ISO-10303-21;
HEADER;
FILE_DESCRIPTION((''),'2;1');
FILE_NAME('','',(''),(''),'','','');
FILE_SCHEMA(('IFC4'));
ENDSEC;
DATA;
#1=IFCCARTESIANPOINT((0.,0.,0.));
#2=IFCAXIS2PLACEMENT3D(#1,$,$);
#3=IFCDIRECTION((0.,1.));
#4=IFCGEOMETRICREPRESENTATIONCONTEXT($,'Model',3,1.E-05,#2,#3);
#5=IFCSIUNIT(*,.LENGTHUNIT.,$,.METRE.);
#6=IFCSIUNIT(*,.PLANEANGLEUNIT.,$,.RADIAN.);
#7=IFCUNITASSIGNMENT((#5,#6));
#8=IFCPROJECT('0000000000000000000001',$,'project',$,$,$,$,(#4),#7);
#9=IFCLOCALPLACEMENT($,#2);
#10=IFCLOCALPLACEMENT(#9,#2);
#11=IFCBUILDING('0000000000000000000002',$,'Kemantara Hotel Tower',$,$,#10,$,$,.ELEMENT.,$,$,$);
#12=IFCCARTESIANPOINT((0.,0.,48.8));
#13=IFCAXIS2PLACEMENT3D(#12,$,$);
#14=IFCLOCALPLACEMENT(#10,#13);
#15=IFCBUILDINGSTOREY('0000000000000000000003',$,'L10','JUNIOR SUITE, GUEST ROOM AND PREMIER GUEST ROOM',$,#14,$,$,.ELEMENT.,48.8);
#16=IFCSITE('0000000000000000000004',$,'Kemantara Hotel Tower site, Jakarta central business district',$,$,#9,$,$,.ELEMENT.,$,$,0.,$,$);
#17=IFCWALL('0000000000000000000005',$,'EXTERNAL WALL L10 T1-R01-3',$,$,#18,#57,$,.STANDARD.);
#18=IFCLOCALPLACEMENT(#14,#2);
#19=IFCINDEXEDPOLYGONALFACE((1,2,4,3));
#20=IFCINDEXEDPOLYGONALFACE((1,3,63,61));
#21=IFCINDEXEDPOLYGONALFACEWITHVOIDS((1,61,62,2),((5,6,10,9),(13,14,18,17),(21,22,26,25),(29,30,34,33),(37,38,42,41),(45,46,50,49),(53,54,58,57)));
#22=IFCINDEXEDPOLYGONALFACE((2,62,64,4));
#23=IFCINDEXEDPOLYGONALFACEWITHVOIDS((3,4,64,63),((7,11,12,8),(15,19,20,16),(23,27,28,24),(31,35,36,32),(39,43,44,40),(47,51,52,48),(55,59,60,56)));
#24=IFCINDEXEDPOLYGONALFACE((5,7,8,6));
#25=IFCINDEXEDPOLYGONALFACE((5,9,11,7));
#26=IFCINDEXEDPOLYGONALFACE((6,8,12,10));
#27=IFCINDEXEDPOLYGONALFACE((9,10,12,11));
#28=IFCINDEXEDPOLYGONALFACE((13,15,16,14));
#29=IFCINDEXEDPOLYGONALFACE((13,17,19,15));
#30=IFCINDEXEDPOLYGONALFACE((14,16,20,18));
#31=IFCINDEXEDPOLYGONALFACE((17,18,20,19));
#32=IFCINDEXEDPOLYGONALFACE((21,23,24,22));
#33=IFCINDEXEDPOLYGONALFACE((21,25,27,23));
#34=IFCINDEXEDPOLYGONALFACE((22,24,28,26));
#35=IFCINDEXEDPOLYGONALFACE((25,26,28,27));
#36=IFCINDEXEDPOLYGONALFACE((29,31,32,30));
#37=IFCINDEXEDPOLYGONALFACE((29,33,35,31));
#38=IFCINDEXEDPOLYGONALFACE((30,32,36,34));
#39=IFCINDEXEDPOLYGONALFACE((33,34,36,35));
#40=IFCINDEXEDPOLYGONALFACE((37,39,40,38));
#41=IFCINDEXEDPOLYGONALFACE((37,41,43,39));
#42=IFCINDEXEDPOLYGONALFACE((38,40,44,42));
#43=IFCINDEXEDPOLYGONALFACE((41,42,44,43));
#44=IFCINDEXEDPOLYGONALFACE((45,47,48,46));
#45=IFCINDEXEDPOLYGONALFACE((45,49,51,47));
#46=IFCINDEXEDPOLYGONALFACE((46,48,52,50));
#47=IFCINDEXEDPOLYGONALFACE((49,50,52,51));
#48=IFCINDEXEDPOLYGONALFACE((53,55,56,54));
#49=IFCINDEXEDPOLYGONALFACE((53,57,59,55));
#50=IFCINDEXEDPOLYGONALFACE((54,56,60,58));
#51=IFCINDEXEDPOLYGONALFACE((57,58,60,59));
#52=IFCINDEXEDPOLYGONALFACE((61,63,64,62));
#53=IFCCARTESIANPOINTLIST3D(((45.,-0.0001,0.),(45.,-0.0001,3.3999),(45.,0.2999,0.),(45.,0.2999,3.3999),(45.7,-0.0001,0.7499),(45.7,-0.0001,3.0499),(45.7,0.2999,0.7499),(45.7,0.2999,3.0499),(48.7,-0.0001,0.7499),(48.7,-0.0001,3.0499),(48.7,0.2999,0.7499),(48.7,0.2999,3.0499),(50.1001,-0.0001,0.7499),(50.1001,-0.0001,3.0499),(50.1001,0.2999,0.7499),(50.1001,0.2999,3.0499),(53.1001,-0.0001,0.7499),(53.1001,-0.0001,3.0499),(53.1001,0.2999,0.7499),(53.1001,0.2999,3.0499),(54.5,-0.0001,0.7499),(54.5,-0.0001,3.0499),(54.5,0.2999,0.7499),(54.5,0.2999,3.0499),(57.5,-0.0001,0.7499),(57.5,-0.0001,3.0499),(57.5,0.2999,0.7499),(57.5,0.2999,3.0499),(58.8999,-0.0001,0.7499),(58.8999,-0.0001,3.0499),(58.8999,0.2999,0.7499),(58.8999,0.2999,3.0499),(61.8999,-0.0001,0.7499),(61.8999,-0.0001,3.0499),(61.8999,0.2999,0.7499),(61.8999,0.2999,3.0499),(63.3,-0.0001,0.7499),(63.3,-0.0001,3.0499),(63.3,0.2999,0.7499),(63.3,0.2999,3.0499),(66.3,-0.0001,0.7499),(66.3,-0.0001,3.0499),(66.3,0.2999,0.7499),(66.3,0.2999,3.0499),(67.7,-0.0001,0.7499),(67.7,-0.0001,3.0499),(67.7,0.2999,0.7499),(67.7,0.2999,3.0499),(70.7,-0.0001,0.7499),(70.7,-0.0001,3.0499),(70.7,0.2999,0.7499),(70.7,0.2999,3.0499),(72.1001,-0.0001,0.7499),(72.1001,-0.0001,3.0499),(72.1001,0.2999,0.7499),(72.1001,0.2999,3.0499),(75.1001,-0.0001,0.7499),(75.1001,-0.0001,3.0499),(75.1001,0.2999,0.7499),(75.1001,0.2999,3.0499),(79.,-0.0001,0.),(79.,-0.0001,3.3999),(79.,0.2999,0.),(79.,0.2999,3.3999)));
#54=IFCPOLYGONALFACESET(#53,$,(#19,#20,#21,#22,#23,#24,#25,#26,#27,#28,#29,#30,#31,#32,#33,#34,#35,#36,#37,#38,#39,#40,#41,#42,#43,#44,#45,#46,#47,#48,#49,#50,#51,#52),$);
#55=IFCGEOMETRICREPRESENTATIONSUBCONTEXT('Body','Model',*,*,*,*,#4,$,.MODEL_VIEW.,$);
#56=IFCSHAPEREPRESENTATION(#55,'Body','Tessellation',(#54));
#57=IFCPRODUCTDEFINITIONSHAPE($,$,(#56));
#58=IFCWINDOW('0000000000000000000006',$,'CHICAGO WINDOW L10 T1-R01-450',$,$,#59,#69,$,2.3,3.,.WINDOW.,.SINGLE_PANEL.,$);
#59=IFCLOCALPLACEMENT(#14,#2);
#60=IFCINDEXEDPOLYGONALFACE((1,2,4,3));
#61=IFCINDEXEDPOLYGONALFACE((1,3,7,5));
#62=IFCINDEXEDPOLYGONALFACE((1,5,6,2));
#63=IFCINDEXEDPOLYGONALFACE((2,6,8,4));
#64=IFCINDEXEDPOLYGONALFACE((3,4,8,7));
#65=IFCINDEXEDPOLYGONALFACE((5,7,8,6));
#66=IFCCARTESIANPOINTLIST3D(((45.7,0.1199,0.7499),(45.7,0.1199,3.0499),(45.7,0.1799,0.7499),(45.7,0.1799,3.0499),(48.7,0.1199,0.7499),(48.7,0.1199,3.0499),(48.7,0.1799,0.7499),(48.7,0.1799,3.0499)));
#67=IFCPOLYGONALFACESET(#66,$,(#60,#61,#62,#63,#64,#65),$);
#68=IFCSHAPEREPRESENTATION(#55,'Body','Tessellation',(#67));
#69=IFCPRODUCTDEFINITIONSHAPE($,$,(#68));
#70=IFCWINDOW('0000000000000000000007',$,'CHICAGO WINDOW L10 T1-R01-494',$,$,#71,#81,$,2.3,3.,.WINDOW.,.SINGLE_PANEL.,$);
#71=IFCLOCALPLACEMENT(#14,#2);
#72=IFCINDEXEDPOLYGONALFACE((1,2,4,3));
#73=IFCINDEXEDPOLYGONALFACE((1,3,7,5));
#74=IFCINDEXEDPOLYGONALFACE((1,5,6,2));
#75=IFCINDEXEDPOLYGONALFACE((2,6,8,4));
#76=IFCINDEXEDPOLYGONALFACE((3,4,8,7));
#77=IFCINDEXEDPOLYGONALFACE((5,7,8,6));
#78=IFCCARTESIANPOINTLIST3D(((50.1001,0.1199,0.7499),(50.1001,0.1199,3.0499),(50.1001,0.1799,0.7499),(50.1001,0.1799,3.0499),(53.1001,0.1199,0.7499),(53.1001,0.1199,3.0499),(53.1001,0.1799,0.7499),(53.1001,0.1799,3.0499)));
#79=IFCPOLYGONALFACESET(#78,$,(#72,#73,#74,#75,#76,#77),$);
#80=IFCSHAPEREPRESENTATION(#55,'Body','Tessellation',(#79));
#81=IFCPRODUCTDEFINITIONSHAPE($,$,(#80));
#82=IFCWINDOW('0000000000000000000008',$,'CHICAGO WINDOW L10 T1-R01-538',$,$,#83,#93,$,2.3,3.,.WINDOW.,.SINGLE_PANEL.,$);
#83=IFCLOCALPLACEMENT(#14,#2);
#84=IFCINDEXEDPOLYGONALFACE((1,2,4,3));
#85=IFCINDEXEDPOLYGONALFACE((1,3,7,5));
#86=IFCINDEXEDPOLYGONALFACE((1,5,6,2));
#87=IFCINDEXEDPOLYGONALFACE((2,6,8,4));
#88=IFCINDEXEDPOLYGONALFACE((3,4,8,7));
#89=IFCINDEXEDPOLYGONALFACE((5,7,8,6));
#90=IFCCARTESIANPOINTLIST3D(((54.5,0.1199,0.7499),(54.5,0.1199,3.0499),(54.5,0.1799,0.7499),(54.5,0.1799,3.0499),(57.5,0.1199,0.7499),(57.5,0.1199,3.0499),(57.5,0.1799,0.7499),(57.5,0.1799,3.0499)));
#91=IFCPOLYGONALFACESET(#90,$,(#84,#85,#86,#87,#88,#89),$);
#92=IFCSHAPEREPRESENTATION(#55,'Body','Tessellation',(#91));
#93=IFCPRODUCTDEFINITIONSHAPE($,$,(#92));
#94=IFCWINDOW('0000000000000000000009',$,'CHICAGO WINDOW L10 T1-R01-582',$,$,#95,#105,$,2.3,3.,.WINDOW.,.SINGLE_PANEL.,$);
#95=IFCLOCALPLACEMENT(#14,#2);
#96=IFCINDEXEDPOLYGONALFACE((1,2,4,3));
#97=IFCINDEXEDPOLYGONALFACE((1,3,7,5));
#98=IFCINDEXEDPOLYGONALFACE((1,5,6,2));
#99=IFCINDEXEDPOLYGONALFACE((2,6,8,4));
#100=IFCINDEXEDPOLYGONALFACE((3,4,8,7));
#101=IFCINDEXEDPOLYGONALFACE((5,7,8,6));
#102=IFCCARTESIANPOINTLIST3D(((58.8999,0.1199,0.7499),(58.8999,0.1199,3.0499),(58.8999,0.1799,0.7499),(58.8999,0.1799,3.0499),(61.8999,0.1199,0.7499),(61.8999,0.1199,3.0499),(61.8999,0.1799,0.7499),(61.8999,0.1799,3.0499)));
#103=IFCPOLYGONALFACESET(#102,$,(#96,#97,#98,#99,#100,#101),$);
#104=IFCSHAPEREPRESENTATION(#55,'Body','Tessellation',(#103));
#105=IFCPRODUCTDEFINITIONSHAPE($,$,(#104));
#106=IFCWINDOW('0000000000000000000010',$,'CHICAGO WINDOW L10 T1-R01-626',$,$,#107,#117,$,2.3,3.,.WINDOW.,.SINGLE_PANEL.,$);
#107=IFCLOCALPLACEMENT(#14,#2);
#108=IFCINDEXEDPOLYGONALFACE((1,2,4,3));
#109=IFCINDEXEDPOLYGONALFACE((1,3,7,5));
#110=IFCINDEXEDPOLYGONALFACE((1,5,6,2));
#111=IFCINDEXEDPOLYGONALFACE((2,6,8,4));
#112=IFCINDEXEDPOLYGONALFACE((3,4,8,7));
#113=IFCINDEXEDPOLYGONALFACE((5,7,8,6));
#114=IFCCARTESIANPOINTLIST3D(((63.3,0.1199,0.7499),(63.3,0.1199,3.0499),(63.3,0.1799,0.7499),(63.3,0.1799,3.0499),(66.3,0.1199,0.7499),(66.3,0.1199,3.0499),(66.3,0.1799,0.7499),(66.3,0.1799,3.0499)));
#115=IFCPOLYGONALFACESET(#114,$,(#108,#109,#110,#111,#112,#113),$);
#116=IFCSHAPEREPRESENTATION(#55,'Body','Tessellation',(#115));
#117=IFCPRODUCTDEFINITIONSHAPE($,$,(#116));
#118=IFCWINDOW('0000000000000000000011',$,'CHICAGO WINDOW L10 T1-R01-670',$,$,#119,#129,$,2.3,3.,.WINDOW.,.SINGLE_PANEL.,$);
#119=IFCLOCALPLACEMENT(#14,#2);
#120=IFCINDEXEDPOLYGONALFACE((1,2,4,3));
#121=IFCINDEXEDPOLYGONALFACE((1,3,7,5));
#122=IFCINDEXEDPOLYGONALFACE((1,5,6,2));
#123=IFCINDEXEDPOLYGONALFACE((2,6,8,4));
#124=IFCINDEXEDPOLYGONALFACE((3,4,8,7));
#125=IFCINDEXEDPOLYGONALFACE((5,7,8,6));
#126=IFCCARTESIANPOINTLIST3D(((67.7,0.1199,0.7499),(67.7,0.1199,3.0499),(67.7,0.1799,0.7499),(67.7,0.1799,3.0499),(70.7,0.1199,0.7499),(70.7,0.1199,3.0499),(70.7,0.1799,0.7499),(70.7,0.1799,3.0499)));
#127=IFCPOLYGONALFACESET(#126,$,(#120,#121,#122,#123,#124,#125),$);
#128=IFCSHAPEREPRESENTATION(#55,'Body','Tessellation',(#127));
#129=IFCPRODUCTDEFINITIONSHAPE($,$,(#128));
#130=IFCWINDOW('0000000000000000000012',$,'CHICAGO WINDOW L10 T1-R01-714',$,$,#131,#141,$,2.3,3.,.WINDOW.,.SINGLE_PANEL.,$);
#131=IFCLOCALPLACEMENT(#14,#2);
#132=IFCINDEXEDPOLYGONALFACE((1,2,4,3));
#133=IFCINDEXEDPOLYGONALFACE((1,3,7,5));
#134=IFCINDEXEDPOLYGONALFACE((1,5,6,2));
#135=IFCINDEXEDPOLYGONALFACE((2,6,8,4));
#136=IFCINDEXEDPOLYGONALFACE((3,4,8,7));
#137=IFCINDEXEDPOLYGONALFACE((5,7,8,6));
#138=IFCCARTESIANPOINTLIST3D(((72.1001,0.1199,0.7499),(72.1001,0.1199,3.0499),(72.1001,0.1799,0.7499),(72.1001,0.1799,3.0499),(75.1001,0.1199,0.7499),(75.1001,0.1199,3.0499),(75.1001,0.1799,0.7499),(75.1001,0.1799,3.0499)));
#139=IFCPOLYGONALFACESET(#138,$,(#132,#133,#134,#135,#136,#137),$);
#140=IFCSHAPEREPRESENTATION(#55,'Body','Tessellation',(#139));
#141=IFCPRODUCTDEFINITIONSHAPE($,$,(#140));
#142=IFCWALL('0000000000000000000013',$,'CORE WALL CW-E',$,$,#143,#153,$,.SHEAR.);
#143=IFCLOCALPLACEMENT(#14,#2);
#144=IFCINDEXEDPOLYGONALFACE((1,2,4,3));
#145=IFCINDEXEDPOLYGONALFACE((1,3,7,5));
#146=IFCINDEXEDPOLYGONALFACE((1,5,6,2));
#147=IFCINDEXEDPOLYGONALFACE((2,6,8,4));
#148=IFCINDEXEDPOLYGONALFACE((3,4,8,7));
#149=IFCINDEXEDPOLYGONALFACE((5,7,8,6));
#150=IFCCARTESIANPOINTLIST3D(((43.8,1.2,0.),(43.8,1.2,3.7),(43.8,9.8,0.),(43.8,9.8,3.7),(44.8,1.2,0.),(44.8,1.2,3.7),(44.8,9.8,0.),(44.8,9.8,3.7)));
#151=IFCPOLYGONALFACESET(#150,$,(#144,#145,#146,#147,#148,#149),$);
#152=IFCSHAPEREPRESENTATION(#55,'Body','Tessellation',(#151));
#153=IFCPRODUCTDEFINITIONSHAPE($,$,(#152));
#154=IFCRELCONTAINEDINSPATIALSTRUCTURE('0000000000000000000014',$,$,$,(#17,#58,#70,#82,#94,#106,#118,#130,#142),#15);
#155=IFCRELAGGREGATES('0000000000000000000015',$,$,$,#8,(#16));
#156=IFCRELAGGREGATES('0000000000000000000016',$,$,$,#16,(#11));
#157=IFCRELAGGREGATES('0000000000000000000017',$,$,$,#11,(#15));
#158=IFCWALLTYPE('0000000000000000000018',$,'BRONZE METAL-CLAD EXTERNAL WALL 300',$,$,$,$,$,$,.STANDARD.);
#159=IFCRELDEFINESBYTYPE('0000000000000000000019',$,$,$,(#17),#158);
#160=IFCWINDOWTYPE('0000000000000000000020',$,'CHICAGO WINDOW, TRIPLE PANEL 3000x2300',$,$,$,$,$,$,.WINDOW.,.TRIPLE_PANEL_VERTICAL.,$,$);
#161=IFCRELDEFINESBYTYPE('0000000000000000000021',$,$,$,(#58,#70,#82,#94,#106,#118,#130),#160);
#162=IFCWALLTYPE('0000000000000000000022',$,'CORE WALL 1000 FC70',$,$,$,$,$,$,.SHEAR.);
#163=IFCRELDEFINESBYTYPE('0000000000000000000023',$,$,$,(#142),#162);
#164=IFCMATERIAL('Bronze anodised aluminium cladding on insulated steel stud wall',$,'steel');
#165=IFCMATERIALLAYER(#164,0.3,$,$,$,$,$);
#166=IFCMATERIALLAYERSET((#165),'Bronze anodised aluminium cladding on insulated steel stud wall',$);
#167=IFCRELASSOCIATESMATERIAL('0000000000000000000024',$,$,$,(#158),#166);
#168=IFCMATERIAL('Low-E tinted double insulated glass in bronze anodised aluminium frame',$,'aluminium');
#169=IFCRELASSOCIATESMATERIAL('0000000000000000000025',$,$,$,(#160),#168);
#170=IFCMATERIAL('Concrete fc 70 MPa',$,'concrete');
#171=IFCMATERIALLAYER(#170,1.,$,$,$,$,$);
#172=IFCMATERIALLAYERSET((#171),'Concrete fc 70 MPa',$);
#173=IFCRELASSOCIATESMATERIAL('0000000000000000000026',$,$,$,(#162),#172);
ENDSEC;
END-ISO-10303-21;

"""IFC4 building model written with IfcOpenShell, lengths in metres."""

from ifc_helpers import new_model, si_unit, direction, frame, frame_2d, origin, place, context, subcontext, project, spatial, rectangle, extrude, material, layer, layer_set, type_object, element, fill, save


model = new_model("IFC4")

# Units and contexts
model_context = context("Model", 3, precision=1e-05, world=origin(), true_north=direction((0.0, 1.0)))
body_context = subcontext(model_context, "Body", "Model", "MODEL_VIEW")
ifc_project = project(units=[si_unit("LENGTHUNIT", "METRE"), si_unit("PLANEANGLEUNIT", "RADIAN")], contexts=[model_context])

# Site, building, storey
site_placement = place(None, origin())
site = spatial("IfcSite", under=ifc_project, at=site_placement, Name="Kemantara Hotel Tower site, Jakarta central business district", CompositionType="ELEMENT", RefElevation=0.0)
building_placement = place(site_placement, origin())
building = spatial("IfcBuilding", under=site, at=building_placement, Name="Kemantara Hotel Tower", CompositionType="ELEMENT")
storey_placement = place(building_placement, frame((0.0, 0.0, 48.8)))
storey = spatial("IfcBuildingStorey", under=building, at=storey_placement, Name="L10", Description="JUNIOR SUITE, GUEST ROOM AND PREMIER GUEST ROOM", CompositionType="ELEMENT", Elevation=48.8)

# Shared definitions
ifc_material_1 = material(Name="Concrete fc 70 MPa", Category="concrete")

# Wall, openings, windows
ifc_material_2 = material(Name="Bronze anodised aluminium cladding on insulated steel stud wall", Category="steel")
ifc_layer_1 = layer(ifc_material_2, 0.3)
ifc_layer_set_1 = layer_set([ifc_layer_1], Name="Bronze anodised aluminium cladding on insulated steel stud wall")
wall_type_1 = type_object("IfcWallType", Name="BRONZE METAL-CLAD EXTERNAL WALL 300", PredefinedType="STANDARD", material=ifc_layer_set_1)
wall_1_placement = place(storey_placement, frame((45.0, 0.1499, 0.0), z_axis=(0.0, 0.0, 1.0), x_axis=(1.0, 0.0, 0.0)))
wall_1 = element("IfcWall", 1, at=wall_1_placement, inside=storey, type_object=wall_type_1, Name="EXTERNAL WALL L10 T1-R01-3", PredefinedType="STANDARD", context=body_context, shape_type="SweptSolid", body=[
    extrude(rectangle(XDim=34.0, YDim=0.3, at=frame_2d((17.0, 0.0))), origin(), (0.0, 0.0, 1.0), 3.3999),
])
opening_1_placement = place(wall_1_placement, frame((0.7, 0.0, 0.75)))
opening_1 = element("IfcOpeningElement", 2, at=opening_1_placement, cuts=wall_1, PredefinedType="OPENING", context=body_context, shape_type="SweptSolid", body=[
    extrude(rectangle(XDim=3.0, YDim=2.3, at=frame_2d((1.5, 1.1499))), frame((0.0, 0.1599, 0.0), z_axis=(0.0, -1.0, 0.0), x_axis=(1.0, 0.0, 0.0)), (0.0, 0.0, 1.0), 0.3201),
])
opening_2_placement = place(wall_1_placement, frame((5.1001, 0.0, 0.75)))
opening_2 = element("IfcOpeningElement", 3, at=opening_2_placement, cuts=wall_1, PredefinedType="OPENING", context=body_context, shape_type="SweptSolid", body=[
    extrude(rectangle(XDim=3.0, YDim=2.3, at=frame_2d((1.5, 1.1499))), frame((0.0, 0.1599, 0.0), z_axis=(0.0, -1.0, 0.0), x_axis=(1.0, 0.0, 0.0)), (0.0, 0.0, 1.0), 0.3201),
])
opening_3_placement = place(wall_1_placement, frame((9.5, 0.0, 0.75)))
opening_3 = element("IfcOpeningElement", 4, at=opening_3_placement, cuts=wall_1, PredefinedType="OPENING", context=body_context, shape_type="SweptSolid", body=[
    extrude(rectangle(XDim=3.0, YDim=2.3, at=frame_2d((1.5, 1.1499))), frame((0.0, 0.1599, 0.0), z_axis=(0.0, -1.0, 0.0), x_axis=(1.0, 0.0, 0.0)), (0.0, 0.0, 1.0), 0.3201),
])
opening_4_placement = place(wall_1_placement, frame((13.8999, 0.0, 0.75)))
opening_4 = element("IfcOpeningElement", 5, at=opening_4_placement, cuts=wall_1, PredefinedType="OPENING", context=body_context, shape_type="SweptSolid", body=[
    extrude(rectangle(XDim=3.0, YDim=2.3, at=frame_2d((1.5, 1.1499))), frame((0.0, 0.1599, 0.0), z_axis=(0.0, -1.0, 0.0), x_axis=(1.0, 0.0, 0.0)), (0.0, 0.0, 1.0), 0.3201),
])
opening_5_placement = place(wall_1_placement, frame((18.3, 0.0, 0.75)))
opening_5 = element("IfcOpeningElement", 6, at=opening_5_placement, cuts=wall_1, PredefinedType="OPENING", context=body_context, shape_type="SweptSolid", body=[
    extrude(rectangle(XDim=3.0, YDim=2.3, at=frame_2d((1.5, 1.1499))), frame((0.0, 0.1599, 0.0), z_axis=(0.0, -1.0, 0.0), x_axis=(1.0, 0.0, 0.0)), (0.0, 0.0, 1.0), 0.3201),
])
opening_6_placement = place(wall_1_placement, frame((22.7, 0.0, 0.75)))
opening_6 = element("IfcOpeningElement", 7, at=opening_6_placement, cuts=wall_1, PredefinedType="OPENING", context=body_context, shape_type="SweptSolid", body=[
    extrude(rectangle(XDim=3.0, YDim=2.3, at=frame_2d((1.5, 1.1499))), frame((0.0, 0.1599, 0.0), z_axis=(0.0, -1.0, 0.0), x_axis=(1.0, 0.0, 0.0)), (0.0, 0.0, 1.0), 0.3201),
])
opening_7_placement = place(wall_1_placement, frame((27.1001, 0.0, 0.75)))
opening_7 = element("IfcOpeningElement", 8, at=opening_7_placement, cuts=wall_1, PredefinedType="OPENING", context=body_context, shape_type="SweptSolid", body=[
    extrude(rectangle(XDim=3.0, YDim=2.3, at=frame_2d((1.5, 1.1499))), frame((0.0, 0.1599, 0.0), z_axis=(0.0, -1.0, 0.0), x_axis=(1.0, 0.0, 0.0)), (0.0, 0.0, 1.0), 0.3201),
])
ifc_material_3 = material(Name="Low-E tinted double insulated glass in bronze anodised aluminium frame", Category="aluminium")
window_type = type_object("IfcWindowType", Name="CHICAGO WINDOW, TRIPLE PANEL 3000x2300", PartitioningType="TRIPLE_PANEL_VERTICAL", PredefinedType="WINDOW", material=ifc_material_3)
window_1_placement = place(opening_1_placement, origin())
window_1 = element("IfcWindow", 9, at=window_1_placement, inside=storey, type_object=window_type, Name="CHICAGO WINDOW L10 T1-R01-450", OverallHeight=2.3, OverallWidth=3.0, PartitioningType="SINGLE_PANEL", PredefinedType="WINDOW", context=body_context, shape_type="SweptSolid", body=[
    extrude(rectangle(XDim=3.0, YDim=2.3, at=frame_2d((1.5, 1.1499))), frame((0.0, 0.03, 0.0), z_axis=(0.0, -1.0, 0.0), x_axis=(1.0, 0.0, 0.0)), (0.0, 0.0, 1.0), 0.0601),
])
fill(opening_1, window_1)
window_2_placement = place(opening_2_placement, origin())
window_2 = element("IfcWindow", 10, at=window_2_placement, inside=storey, type_object=window_type, Name="CHICAGO WINDOW L10 T1-R01-494", OverallHeight=2.3, OverallWidth=3.0, PartitioningType="SINGLE_PANEL", PredefinedType="WINDOW", context=body_context, shape_type="SweptSolid", body=[
    extrude(rectangle(XDim=3.0, YDim=2.3, at=frame_2d((1.5, 1.1499))), frame((0.0, 0.03, 0.0), z_axis=(0.0, -1.0, 0.0), x_axis=(1.0, 0.0, 0.0)), (0.0, 0.0, 1.0), 0.0601),
])
fill(opening_2, window_2)
window_3_placement = place(opening_3_placement, origin())
window_3 = element("IfcWindow", 11, at=window_3_placement, inside=storey, type_object=window_type, Name="CHICAGO WINDOW L10 T1-R01-538", OverallHeight=2.3, OverallWidth=3.0, PartitioningType="SINGLE_PANEL", PredefinedType="WINDOW", context=body_context, shape_type="SweptSolid", body=[
    extrude(rectangle(XDim=3.0, YDim=2.3, at=frame_2d((1.5, 1.1499))), frame((0.0, 0.03, 0.0), z_axis=(0.0, -1.0, 0.0), x_axis=(1.0, 0.0, 0.0)), (0.0, 0.0, 1.0), 0.0601),
])
fill(opening_3, window_3)
window_4_placement = place(opening_4_placement, origin())
window_4 = element("IfcWindow", 12, at=window_4_placement, inside=storey, type_object=window_type, Name="CHICAGO WINDOW L10 T1-R01-582", OverallHeight=2.3, OverallWidth=3.0, PartitioningType="SINGLE_PANEL", PredefinedType="WINDOW", context=body_context, shape_type="SweptSolid", body=[
    extrude(rectangle(XDim=3.0, YDim=2.3, at=frame_2d((1.5, 1.1499))), frame((0.0, 0.03, 0.0), z_axis=(0.0, -1.0, 0.0), x_axis=(1.0, 0.0, 0.0)), (0.0, 0.0, 1.0), 0.0601),
])
fill(opening_4, window_4)
window_5_placement = place(opening_5_placement, origin())
window_5 = element("IfcWindow", 13, at=window_5_placement, inside=storey, type_object=window_type, Name="CHICAGO WINDOW L10 T1-R01-626", OverallHeight=2.3, OverallWidth=3.0, PartitioningType="SINGLE_PANEL", PredefinedType="WINDOW", context=body_context, shape_type="SweptSolid", body=[
    extrude(rectangle(XDim=3.0, YDim=2.3, at=frame_2d((1.5, 1.1499))), frame((0.0, 0.03, 0.0), z_axis=(0.0, -1.0, 0.0), x_axis=(1.0, 0.0, 0.0)), (0.0, 0.0, 1.0), 0.0601),
])
fill(opening_5, window_5)
window_6_placement = place(opening_6_placement, origin())
window_6 = element("IfcWindow", 14, at=window_6_placement, inside=storey, type_object=window_type, Name="CHICAGO WINDOW L10 T1-R01-670", OverallHeight=2.3, OverallWidth=3.0, PartitioningType="SINGLE_PANEL", PredefinedType="WINDOW", context=body_context, shape_type="SweptSolid", body=[
    extrude(rectangle(XDim=3.0, YDim=2.3, at=frame_2d((1.5, 1.1499))), frame((0.0, 0.03, 0.0), z_axis=(0.0, -1.0, 0.0), x_axis=(1.0, 0.0, 0.0)), (0.0, 0.0, 1.0), 0.0601),
])
fill(opening_6, window_6)
window_7_placement = place(opening_7_placement, origin())
window_7 = element("IfcWindow", 15, at=window_7_placement, inside=storey, type_object=window_type, Name="CHICAGO WINDOW L10 T1-R01-714", OverallHeight=2.3, OverallWidth=3.0, PartitioningType="SINGLE_PANEL", PredefinedType="WINDOW", context=body_context, shape_type="SweptSolid", body=[
    extrude(rectangle(XDim=3.0, YDim=2.3, at=frame_2d((1.5, 1.1499))), frame((0.0, 0.03, 0.0), z_axis=(0.0, -1.0, 0.0), x_axis=(1.0, 0.0, 0.0)), (0.0, 0.0, 1.0), 0.0601),
])
fill(opening_7, window_7)

# Wall
ifc_layer_2 = layer(ifc_material_1, 1.0)
ifc_layer_set_2 = layer_set([ifc_layer_2], Name="Concrete fc 70 MPa")
wall_type_2 = type_object("IfcWallType", Name="CORE WALL 1000 FC70", PredefinedType="SHEAR", material=ifc_layer_set_2)
wall_2_placement = place(storey_placement, frame((44.3, 1.2, 0.0), z_axis=(0.0, 0.0, 1.0), x_axis=(0.0, 1.0, 0.0)))
element("IfcWall", 16, at=wall_2_placement, inside=storey, type_object=wall_type_2, Name="CORE WALL CW-E", PredefinedType="SHEAR", context=body_context, shape_type="SweptSolid", body=[
    extrude(rectangle(XDim=8.6001, YDim=1.0, at=frame_2d((4.3, 0.0))), origin(), (0.0, 0.0, 1.0), 3.7),
])

save(model, "model.ifc")
